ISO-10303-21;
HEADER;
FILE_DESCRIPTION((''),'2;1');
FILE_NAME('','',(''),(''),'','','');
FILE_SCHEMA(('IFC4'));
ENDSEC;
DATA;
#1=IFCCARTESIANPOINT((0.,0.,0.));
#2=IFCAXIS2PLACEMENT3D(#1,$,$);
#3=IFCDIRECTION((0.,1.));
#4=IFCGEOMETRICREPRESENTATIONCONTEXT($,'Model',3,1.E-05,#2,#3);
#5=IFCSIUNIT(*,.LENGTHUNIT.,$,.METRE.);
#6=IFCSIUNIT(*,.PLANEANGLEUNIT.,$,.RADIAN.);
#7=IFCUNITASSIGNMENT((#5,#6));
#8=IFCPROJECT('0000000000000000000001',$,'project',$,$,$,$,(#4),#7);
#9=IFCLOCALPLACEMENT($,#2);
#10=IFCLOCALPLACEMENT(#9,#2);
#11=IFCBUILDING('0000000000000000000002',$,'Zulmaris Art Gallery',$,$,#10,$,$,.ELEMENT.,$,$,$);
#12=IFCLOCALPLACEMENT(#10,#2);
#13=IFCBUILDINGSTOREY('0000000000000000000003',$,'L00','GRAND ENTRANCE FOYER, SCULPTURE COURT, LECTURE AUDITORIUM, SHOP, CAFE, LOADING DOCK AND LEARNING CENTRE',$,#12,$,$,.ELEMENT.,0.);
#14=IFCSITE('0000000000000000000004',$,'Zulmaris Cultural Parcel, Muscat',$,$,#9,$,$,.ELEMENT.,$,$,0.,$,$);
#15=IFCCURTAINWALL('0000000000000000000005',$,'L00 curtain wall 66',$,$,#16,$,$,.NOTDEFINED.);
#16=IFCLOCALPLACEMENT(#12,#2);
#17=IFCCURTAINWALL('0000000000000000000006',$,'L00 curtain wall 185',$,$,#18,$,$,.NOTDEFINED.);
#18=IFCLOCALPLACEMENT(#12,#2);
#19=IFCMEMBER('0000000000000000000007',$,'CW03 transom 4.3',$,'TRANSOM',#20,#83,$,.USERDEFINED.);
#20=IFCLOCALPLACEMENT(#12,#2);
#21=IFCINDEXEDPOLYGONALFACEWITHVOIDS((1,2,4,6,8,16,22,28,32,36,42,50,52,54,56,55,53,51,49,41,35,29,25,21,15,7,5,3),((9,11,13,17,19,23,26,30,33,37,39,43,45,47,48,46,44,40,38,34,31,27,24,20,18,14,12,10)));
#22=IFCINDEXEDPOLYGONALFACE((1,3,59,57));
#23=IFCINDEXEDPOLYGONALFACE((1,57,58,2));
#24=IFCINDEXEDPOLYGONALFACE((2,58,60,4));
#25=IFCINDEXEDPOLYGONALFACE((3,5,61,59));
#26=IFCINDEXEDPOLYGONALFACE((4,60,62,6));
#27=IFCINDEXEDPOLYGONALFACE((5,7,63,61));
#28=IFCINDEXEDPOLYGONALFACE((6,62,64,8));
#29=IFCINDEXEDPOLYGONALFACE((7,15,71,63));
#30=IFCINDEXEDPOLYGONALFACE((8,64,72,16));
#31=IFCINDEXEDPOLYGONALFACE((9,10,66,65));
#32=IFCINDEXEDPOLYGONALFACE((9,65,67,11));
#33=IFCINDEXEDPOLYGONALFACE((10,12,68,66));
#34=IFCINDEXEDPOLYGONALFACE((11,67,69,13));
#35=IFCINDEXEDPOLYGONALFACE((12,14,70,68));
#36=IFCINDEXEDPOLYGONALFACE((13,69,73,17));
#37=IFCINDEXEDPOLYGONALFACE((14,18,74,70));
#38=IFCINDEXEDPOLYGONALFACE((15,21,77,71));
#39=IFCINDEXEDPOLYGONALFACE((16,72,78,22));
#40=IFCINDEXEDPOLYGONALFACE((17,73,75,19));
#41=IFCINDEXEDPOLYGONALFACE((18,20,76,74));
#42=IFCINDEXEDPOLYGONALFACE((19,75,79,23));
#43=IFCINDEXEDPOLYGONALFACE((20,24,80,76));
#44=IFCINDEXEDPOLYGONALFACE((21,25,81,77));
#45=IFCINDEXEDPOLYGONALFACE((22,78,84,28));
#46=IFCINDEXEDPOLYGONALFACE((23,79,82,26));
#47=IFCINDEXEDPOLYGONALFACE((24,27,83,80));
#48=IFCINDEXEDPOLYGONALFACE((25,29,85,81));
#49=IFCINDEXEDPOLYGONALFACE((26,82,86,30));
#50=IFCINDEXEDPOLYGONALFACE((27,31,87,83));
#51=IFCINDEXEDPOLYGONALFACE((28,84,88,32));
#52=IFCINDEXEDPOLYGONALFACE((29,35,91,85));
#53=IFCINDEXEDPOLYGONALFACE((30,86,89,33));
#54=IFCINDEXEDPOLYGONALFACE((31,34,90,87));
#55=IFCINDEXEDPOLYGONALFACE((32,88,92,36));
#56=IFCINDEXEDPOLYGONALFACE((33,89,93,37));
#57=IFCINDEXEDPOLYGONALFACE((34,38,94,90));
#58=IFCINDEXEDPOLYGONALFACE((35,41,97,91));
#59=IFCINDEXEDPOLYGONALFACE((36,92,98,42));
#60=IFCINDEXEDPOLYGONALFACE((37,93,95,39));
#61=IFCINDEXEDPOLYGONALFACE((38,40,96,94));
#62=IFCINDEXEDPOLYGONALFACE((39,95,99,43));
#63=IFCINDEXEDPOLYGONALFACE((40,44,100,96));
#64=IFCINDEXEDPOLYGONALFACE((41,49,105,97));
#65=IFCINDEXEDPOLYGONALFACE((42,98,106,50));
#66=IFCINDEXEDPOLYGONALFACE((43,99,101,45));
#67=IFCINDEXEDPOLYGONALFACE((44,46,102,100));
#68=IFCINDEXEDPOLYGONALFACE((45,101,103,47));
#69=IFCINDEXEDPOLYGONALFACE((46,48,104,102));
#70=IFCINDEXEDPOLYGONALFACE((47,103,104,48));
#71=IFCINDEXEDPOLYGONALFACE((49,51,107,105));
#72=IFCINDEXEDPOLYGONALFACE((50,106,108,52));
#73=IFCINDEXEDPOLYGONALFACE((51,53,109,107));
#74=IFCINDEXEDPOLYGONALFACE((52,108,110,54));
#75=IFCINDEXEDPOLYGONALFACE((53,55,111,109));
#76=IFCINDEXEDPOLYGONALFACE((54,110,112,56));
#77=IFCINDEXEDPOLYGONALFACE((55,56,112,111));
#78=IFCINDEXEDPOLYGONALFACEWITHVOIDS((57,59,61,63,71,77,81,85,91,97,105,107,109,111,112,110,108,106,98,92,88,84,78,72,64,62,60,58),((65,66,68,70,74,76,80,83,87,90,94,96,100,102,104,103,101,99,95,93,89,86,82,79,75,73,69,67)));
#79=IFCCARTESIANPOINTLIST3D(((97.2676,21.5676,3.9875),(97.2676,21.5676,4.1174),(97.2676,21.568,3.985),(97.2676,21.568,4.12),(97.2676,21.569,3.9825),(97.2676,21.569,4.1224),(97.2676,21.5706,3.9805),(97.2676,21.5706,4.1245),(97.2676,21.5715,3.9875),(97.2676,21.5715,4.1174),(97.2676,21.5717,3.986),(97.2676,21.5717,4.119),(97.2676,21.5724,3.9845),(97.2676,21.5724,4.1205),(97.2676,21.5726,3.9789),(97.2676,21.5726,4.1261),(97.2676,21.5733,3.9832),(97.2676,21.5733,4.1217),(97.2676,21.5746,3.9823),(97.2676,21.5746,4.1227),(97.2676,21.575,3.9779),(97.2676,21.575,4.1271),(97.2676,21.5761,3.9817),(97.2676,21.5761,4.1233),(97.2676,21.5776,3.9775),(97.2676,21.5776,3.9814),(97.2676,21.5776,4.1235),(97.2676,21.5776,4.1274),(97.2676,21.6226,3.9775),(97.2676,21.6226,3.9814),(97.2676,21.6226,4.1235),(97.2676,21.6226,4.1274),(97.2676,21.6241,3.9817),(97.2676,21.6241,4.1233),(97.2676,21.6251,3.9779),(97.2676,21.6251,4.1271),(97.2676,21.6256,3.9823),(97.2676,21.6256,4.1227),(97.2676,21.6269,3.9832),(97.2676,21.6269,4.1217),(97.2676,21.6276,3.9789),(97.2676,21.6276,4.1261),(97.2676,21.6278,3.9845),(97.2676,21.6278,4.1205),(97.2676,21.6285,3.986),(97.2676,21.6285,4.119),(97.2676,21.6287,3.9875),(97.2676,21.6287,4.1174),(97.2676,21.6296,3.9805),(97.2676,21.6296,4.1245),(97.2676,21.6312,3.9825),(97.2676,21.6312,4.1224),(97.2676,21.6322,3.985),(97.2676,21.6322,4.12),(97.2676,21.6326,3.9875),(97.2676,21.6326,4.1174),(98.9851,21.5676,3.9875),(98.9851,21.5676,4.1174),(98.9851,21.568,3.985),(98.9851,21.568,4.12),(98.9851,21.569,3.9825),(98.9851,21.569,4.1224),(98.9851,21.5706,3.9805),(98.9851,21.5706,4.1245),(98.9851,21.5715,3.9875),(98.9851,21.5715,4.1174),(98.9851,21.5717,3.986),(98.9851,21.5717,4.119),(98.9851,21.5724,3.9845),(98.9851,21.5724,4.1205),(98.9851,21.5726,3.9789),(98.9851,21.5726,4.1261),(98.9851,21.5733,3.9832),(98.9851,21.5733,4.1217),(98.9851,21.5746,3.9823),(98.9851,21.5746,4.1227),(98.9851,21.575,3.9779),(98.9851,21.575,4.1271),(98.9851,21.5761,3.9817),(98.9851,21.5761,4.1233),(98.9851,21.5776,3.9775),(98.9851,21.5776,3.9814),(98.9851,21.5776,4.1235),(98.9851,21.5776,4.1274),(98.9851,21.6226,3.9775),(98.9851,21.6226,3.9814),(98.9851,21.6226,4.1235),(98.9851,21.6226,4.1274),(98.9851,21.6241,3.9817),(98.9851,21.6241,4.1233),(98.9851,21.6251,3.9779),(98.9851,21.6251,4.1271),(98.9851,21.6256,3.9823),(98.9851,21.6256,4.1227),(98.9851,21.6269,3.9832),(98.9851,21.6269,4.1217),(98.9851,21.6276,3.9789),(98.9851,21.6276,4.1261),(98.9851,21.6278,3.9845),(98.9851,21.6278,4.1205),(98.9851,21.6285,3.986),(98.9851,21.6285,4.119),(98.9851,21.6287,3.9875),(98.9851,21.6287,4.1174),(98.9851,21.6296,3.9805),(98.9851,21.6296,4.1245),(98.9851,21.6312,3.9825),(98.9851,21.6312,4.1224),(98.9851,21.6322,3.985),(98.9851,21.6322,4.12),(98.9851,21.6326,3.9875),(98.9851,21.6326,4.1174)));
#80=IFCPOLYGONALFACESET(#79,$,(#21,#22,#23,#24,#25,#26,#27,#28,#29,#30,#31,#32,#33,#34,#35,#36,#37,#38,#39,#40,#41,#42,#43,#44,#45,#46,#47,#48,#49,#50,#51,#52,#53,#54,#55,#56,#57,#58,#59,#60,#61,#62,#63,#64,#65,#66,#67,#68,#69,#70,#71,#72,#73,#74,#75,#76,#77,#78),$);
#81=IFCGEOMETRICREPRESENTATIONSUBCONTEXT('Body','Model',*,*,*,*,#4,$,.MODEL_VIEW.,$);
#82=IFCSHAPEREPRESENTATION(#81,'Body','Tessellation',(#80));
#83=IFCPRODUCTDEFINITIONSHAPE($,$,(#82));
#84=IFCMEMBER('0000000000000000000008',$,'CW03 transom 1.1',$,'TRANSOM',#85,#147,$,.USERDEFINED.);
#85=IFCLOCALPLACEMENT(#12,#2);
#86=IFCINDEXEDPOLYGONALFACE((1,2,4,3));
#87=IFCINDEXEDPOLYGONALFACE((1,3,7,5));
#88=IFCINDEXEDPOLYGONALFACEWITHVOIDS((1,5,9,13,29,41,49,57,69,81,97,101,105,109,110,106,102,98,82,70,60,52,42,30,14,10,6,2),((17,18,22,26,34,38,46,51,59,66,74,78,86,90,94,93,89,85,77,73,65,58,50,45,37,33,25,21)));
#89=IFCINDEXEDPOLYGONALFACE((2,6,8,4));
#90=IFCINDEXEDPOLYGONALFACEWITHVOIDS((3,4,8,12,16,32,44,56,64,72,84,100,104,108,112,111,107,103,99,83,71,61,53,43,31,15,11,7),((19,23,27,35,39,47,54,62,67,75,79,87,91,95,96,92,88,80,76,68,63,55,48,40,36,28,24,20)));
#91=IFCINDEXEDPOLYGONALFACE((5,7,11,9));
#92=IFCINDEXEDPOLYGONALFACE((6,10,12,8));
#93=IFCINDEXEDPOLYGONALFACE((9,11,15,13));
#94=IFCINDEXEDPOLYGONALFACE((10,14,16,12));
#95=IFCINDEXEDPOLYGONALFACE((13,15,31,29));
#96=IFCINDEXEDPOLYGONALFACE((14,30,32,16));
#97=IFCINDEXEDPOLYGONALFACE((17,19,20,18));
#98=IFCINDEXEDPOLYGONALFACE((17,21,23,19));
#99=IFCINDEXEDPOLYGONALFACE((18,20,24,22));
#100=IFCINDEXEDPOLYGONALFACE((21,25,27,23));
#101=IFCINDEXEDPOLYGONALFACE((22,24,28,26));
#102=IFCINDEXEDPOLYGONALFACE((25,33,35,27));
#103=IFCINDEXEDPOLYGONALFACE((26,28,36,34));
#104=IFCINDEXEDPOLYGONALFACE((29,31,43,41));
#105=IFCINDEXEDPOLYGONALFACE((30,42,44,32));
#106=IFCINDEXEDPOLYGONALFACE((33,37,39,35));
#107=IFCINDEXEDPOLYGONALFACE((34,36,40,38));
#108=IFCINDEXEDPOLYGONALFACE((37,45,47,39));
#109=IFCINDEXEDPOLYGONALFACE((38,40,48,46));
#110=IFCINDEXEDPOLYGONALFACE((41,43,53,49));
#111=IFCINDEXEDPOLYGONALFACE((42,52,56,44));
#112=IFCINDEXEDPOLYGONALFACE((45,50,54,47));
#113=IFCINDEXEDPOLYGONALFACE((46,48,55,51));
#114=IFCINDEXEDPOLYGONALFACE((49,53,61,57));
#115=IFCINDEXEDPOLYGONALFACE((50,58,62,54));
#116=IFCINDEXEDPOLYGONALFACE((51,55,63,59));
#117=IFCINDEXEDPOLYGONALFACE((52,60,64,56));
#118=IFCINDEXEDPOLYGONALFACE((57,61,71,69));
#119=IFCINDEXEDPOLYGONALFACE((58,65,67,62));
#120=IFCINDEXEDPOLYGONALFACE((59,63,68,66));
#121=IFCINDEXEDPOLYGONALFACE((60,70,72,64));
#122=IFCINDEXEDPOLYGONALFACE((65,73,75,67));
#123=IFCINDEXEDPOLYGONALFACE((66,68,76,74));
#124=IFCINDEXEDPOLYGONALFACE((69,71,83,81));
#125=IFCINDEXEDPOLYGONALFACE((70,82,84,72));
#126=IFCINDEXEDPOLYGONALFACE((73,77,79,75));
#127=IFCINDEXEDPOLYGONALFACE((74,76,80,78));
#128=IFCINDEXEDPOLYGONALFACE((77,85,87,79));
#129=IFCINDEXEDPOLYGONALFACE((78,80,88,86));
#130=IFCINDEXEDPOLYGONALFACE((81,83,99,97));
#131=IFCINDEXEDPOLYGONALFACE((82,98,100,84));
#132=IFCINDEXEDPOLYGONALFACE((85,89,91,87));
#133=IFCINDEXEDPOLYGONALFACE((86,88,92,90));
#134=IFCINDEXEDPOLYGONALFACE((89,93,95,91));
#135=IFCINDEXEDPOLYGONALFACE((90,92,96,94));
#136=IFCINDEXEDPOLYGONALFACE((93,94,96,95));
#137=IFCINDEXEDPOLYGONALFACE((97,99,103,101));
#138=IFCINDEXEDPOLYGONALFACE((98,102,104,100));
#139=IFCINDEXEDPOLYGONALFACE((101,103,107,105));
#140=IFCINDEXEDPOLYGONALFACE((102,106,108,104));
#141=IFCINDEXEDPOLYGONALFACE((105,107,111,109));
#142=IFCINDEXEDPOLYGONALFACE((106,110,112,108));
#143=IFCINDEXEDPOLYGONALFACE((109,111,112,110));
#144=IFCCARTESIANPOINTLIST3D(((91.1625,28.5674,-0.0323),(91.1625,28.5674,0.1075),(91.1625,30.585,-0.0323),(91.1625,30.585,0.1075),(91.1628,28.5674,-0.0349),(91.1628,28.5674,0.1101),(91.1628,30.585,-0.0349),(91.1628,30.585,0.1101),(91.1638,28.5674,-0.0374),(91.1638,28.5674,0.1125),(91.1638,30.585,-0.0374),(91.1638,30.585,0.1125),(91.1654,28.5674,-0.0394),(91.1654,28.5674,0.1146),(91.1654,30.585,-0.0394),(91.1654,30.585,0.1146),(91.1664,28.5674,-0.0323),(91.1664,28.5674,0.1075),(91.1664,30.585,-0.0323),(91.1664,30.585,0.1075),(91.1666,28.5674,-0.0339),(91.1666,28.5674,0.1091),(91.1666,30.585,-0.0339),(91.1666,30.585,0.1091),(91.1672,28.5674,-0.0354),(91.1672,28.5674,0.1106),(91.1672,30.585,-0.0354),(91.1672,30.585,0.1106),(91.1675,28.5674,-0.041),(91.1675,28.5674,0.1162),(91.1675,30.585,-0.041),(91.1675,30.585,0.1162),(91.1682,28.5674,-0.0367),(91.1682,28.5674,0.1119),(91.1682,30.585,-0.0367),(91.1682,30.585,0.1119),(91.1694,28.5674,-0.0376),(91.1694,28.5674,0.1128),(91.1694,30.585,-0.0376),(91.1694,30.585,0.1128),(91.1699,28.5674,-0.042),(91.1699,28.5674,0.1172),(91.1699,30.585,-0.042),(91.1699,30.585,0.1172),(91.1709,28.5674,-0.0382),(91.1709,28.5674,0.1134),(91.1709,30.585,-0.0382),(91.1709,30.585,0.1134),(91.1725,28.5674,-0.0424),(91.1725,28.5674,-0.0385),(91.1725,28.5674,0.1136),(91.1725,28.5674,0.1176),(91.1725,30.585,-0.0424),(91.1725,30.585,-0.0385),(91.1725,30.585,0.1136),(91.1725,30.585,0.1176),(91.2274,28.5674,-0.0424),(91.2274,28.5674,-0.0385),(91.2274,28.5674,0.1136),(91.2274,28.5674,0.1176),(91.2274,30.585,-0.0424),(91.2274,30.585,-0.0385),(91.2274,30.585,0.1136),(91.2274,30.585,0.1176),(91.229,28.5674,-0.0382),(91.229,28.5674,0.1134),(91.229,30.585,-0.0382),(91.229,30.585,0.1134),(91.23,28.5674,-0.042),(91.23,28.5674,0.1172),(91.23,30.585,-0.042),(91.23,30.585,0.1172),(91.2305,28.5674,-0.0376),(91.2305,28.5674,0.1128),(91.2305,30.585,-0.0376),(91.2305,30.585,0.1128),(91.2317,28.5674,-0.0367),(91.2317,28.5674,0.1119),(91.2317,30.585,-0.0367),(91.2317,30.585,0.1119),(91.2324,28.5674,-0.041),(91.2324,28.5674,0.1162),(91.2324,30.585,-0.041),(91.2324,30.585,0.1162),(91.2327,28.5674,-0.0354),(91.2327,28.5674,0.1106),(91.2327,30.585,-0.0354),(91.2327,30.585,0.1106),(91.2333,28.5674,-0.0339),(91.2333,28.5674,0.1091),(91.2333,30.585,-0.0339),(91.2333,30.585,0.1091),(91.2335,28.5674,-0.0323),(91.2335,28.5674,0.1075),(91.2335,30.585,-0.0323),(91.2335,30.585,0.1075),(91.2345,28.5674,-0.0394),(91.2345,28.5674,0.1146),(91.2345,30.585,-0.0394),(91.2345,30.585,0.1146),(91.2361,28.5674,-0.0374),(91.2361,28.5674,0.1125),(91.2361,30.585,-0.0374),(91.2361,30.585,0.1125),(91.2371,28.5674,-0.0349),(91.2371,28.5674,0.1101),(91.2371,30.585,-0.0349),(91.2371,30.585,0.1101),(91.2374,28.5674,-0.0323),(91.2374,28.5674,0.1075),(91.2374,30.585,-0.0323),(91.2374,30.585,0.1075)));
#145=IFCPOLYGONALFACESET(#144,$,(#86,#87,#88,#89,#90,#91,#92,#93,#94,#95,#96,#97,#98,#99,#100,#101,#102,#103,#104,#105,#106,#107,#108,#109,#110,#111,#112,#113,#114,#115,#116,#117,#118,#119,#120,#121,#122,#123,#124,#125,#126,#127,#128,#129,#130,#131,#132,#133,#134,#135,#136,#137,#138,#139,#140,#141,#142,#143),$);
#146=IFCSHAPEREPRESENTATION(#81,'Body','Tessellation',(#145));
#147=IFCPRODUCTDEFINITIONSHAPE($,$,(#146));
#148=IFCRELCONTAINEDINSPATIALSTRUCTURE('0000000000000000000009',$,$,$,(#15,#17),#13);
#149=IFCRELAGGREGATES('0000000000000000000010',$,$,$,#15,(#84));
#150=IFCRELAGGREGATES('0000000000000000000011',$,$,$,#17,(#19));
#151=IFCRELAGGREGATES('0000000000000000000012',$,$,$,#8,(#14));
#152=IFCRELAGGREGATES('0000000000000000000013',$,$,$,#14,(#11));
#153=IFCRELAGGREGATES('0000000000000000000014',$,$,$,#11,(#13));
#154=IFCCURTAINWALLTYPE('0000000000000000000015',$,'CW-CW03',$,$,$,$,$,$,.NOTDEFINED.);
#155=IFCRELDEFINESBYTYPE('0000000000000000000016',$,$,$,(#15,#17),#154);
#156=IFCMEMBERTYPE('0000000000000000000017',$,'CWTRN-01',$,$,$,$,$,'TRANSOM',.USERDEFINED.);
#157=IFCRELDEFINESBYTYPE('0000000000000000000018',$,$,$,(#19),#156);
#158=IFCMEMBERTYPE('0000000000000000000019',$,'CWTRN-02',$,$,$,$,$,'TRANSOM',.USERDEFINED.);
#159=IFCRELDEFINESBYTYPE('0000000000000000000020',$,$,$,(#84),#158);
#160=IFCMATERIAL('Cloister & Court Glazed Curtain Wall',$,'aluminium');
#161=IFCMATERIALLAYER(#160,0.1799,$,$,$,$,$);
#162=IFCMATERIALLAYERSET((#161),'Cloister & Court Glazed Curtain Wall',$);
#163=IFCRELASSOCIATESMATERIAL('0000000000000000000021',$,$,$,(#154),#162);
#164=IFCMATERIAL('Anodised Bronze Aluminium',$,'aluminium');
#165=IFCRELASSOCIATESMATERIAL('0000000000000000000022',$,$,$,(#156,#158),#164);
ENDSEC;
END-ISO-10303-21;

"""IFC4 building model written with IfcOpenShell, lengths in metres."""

from ifc_helpers import new_model, si_unit, direction, frame, origin, origin_2d, place, context, subcontext, project, spatial, hollow_rectangle, extrude, material, layer, layer_set, material_profile, profile_set, type_object, element, aggregate, save


model = new_model("IFC4")

# Units and contexts
model_context = context("Model", 3, precision=1e-05, world=origin(), true_north=direction((0.0, 1.0)))
body_context = subcontext(model_context, "Body", "Model", "MODEL_VIEW")
ifc_project = project(units=[si_unit("LENGTHUNIT", "METRE"), si_unit("PLANEANGLEUNIT", "RADIAN")], contexts=[model_context])

# Site, building, storey
site_placement = place(None, origin())
site = spatial("IfcSite", under=ifc_project, at=site_placement, Name="Zulmaris Cultural Parcel, Muscat", CompositionType="ELEMENT", RefElevation=0.0)
building_placement = place(site_placement, origin())
building = spatial("IfcBuilding", under=site, at=building_placement, Name="Zulmaris Art Gallery", CompositionType="ELEMENT")
storey_placement = place(building_placement, origin())
storey = spatial("IfcBuildingStorey", under=building, at=storey_placement, Name="L00", Description="GRAND ENTRANCE FOYER, SCULPTURE COURT, LECTURE AUDITORIUM, SHOP, CAFE, LOADING DOCK AND LEARNING CENTRE", CompositionType="ELEMENT", Elevation=0.0)

# Curtain walls, member
ifc_material_1 = material(Name="Cloister & Court Glazed Curtain Wall", Category="aluminium")
ifc_layer_1 = layer(ifc_material_1, 0.1799)
ifc_layer_set_1 = layer_set([ifc_layer_1], Name="Cloister & Court Glazed Curtain Wall")
curtain_wall_type = type_object("IfcCurtainWallType", Name="CW-CW03", PredefinedType="NOTDEFINED", material=ifc_layer_set_1)
curtain_wall_1_placement = place(storey_placement, origin())
curtain_wall_1 = element("IfcCurtainWall", 1, at=curtain_wall_1_placement, inside=storey, type_object=curtain_wall_type, Name="L00 curtain wall 66", PredefinedType="NOTDEFINED")
ifc_material_2 = material(Name="Anodised Bronze Aluminium", Category="aluminium")
curtain_wall_2_placement = place(storey_placement, origin())
curtain_wall_2 = element("IfcCurtainWall", 2, at=curtain_wall_2_placement, inside=storey, type_object=curtain_wall_type, Name="L00 curtain wall 185", PredefinedType="NOTDEFINED")
ifc_material_profile_1 = material_profile(ifc_material_2, hollow_rectangle(XDim=0.0649, YDim=0.1499, WallThickness=0.0039, InnerFilletRadius=0.0061, OuterFilletRadius=0.01, at=origin_2d()), Name="ALU 65x150x4")
ifc_profile_set_1 = profile_set([ifc_material_profile_1], Name="Anodised Bronze Aluminium")
member_type_1 = type_object("IfcMemberType", Name="CWTRN-01", ElementType="TRANSOM", PredefinedType="USERDEFINED", material=ifc_profile_set_1)
member_1_placement = place(storey_placement, frame((97.2676, 21.6001, 4.0525), z_axis=(1.0, 0.0, 0.0), x_axis=(0.0, 1.0, 0.0)))
member_1 = element("IfcMember", 3, at=member_1_placement, type_object=member_type_1, Name="CW03 transom 4.3", ObjectType="TRANSOM", PredefinedType="USERDEFINED", context=body_context, shape_type="SweptSolid", body=[
    extrude(hollow_rectangle(XDim=0.0649, YDim=0.1499, WallThickness=0.0039, InnerFilletRadius=0.0061, OuterFilletRadius=0.01, at=origin_2d()), origin(), (0.0, 0.0, 1.0), 1.7175),
])

# Member
ifc_material_profile_2 = material_profile(ifc_material_2, hollow_rectangle(XDim=0.075, YDim=0.1599, WallThickness=0.0039, InnerFilletRadius=0.0061, OuterFilletRadius=0.01, at=origin_2d()), Name="ALU 75x160x4")
ifc_profile_set_2 = profile_set([ifc_material_profile_2], Name="Anodised Bronze Aluminium")
member_type_2 = type_object("IfcMemberType", Name="CWTRN-02", ElementType="TRANSOM", PredefinedType="USERDEFINED", material=ifc_profile_set_2)
member_2_placement = place(storey_placement, frame((91.2, 30.585, 0.0376), z_axis=(0.0, -1.0, 0.0), x_axis=(1.0, 0.0, 0.0)))
member_2 = element("IfcMember", 4, at=member_2_placement, type_object=member_type_2, Name="CW03 transom 1.1", ObjectType="TRANSOM", PredefinedType="USERDEFINED", context=body_context, shape_type="SweptSolid", body=[
    extrude(hollow_rectangle(XDim=0.075, YDim=0.1599, WallThickness=0.0039, InnerFilletRadius=0.0061, OuterFilletRadius=0.01, at=origin_2d()), origin(), (0.0, 0.0, 1.0), 2.0176),
])

aggregate(curtain_wall_1, [member_2])
aggregate(curtain_wall_2, [member_1])

save(model, "model.ifc")
